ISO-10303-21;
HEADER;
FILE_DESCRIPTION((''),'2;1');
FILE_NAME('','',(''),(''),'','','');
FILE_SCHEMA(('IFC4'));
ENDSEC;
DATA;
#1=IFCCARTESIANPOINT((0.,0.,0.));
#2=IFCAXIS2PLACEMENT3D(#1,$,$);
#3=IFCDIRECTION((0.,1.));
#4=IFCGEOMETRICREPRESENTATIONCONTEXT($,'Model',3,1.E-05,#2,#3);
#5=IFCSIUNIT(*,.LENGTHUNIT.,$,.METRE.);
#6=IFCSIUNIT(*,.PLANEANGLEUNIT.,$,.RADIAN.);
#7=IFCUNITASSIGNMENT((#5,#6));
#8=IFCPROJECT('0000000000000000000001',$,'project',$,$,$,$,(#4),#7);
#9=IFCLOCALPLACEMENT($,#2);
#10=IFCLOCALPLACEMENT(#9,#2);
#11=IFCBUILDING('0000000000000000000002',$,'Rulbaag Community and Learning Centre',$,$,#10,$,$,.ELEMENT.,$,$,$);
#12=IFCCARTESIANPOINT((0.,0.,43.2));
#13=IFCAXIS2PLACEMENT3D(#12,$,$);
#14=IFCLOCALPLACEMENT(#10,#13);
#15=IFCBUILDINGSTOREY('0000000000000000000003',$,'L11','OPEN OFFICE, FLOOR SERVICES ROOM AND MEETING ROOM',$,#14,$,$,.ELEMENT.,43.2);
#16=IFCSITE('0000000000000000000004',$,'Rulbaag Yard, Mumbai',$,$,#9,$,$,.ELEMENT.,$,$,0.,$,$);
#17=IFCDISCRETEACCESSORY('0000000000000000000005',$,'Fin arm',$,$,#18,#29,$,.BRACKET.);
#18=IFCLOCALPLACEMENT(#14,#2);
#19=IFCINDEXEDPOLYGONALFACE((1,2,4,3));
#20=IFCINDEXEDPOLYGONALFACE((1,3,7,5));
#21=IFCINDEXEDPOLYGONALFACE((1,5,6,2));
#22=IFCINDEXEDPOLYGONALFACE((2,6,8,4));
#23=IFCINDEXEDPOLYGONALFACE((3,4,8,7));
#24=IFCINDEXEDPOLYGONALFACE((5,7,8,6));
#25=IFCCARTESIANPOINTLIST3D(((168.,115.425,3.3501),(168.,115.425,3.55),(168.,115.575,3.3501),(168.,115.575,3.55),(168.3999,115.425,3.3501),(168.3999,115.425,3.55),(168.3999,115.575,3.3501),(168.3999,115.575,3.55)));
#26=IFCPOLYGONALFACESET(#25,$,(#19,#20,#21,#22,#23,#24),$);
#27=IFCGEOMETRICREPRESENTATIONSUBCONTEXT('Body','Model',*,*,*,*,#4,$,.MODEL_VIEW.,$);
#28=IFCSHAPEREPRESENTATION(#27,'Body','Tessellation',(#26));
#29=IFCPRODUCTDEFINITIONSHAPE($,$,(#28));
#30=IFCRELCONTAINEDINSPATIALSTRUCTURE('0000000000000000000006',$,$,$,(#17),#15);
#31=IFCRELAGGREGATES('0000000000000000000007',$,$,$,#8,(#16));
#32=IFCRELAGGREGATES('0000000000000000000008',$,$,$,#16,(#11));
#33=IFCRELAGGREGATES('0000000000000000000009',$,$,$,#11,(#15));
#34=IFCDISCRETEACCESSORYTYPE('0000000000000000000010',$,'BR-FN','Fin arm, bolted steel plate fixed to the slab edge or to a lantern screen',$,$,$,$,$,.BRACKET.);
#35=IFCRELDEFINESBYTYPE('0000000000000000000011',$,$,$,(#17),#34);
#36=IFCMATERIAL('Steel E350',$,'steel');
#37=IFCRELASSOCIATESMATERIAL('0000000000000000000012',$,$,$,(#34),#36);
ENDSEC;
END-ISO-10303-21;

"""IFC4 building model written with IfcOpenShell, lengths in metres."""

from ifc_helpers import new_model, si_unit, direction, frame, origin, origin_2d, place, context, subcontext, project, spatial, rectangle, extrude, material, type_object, element, save


model = new_model("IFC4")

# Units and contexts
model_context = context("Model", 3, precision=1e-05, world=origin(), true_north=direction((0.0, 1.0)))
body_context = subcontext(model_context, "Body", "Model", "MODEL_VIEW")
ifc_project = project(units=[si_unit("LENGTHUNIT", "METRE"), si_unit("PLANEANGLEUNIT", "RADIAN")], contexts=[model_context])

# Site, building, storey
site_placement = place(None, origin())
site = spatial("IfcSite", under=ifc_project, at=site_placement, Name="Rulbaag Yard, Mumbai", CompositionType="ELEMENT", RefElevation=0.0)
building_placement = place(site_placement, origin())
building = spatial("IfcBuilding", under=site, at=building_placement, Name="Rulbaag Community and Learning Centre", CompositionType="ELEMENT")
storey_placement = place(building_placement, frame((0.0, 0.0, 43.2)))
storey = spatial("IfcBuildingStorey", under=building, at=storey_placement, Name="L11", Description="OPEN OFFICE, FLOOR SERVICES ROOM AND MEETING ROOM", CompositionType="ELEMENT", Elevation=43.2)

# Discrete accessory
ifc_material_1 = material(Name="Steel E350", Category="steel")
discrete_accessory_type = type_object("IfcDiscreteAccessoryType", Name="BR-FN", Description="Fin arm, bolted steel plate fixed to the slab edge or to a lantern screen", PredefinedType="BRACKET", material=ifc_material_1)
for number, where, z_axis, x_axis, name in (
    (1, (168.2, 115.5, 3.3501), (0.0, 0.0, 1.0), (1.0, 0.0, 0.0), "Fin arm"),
):
    element("IfcDiscreteAccessory", number, at=place(storey_placement, frame(where, z_axis=z_axis, x_axis=x_axis)), inside=storey, type_object=discrete_accessory_type, Name=name, PredefinedType="BRACKET", context=body_context, shape_type="SweptSolid", body=[
        extrude(rectangle(XDim=0.3999, YDim=0.1499, at=origin_2d()), origin(), (0.0, 0.0, 1.0), 0.2),
    ])

save(model, "model.ifc")
